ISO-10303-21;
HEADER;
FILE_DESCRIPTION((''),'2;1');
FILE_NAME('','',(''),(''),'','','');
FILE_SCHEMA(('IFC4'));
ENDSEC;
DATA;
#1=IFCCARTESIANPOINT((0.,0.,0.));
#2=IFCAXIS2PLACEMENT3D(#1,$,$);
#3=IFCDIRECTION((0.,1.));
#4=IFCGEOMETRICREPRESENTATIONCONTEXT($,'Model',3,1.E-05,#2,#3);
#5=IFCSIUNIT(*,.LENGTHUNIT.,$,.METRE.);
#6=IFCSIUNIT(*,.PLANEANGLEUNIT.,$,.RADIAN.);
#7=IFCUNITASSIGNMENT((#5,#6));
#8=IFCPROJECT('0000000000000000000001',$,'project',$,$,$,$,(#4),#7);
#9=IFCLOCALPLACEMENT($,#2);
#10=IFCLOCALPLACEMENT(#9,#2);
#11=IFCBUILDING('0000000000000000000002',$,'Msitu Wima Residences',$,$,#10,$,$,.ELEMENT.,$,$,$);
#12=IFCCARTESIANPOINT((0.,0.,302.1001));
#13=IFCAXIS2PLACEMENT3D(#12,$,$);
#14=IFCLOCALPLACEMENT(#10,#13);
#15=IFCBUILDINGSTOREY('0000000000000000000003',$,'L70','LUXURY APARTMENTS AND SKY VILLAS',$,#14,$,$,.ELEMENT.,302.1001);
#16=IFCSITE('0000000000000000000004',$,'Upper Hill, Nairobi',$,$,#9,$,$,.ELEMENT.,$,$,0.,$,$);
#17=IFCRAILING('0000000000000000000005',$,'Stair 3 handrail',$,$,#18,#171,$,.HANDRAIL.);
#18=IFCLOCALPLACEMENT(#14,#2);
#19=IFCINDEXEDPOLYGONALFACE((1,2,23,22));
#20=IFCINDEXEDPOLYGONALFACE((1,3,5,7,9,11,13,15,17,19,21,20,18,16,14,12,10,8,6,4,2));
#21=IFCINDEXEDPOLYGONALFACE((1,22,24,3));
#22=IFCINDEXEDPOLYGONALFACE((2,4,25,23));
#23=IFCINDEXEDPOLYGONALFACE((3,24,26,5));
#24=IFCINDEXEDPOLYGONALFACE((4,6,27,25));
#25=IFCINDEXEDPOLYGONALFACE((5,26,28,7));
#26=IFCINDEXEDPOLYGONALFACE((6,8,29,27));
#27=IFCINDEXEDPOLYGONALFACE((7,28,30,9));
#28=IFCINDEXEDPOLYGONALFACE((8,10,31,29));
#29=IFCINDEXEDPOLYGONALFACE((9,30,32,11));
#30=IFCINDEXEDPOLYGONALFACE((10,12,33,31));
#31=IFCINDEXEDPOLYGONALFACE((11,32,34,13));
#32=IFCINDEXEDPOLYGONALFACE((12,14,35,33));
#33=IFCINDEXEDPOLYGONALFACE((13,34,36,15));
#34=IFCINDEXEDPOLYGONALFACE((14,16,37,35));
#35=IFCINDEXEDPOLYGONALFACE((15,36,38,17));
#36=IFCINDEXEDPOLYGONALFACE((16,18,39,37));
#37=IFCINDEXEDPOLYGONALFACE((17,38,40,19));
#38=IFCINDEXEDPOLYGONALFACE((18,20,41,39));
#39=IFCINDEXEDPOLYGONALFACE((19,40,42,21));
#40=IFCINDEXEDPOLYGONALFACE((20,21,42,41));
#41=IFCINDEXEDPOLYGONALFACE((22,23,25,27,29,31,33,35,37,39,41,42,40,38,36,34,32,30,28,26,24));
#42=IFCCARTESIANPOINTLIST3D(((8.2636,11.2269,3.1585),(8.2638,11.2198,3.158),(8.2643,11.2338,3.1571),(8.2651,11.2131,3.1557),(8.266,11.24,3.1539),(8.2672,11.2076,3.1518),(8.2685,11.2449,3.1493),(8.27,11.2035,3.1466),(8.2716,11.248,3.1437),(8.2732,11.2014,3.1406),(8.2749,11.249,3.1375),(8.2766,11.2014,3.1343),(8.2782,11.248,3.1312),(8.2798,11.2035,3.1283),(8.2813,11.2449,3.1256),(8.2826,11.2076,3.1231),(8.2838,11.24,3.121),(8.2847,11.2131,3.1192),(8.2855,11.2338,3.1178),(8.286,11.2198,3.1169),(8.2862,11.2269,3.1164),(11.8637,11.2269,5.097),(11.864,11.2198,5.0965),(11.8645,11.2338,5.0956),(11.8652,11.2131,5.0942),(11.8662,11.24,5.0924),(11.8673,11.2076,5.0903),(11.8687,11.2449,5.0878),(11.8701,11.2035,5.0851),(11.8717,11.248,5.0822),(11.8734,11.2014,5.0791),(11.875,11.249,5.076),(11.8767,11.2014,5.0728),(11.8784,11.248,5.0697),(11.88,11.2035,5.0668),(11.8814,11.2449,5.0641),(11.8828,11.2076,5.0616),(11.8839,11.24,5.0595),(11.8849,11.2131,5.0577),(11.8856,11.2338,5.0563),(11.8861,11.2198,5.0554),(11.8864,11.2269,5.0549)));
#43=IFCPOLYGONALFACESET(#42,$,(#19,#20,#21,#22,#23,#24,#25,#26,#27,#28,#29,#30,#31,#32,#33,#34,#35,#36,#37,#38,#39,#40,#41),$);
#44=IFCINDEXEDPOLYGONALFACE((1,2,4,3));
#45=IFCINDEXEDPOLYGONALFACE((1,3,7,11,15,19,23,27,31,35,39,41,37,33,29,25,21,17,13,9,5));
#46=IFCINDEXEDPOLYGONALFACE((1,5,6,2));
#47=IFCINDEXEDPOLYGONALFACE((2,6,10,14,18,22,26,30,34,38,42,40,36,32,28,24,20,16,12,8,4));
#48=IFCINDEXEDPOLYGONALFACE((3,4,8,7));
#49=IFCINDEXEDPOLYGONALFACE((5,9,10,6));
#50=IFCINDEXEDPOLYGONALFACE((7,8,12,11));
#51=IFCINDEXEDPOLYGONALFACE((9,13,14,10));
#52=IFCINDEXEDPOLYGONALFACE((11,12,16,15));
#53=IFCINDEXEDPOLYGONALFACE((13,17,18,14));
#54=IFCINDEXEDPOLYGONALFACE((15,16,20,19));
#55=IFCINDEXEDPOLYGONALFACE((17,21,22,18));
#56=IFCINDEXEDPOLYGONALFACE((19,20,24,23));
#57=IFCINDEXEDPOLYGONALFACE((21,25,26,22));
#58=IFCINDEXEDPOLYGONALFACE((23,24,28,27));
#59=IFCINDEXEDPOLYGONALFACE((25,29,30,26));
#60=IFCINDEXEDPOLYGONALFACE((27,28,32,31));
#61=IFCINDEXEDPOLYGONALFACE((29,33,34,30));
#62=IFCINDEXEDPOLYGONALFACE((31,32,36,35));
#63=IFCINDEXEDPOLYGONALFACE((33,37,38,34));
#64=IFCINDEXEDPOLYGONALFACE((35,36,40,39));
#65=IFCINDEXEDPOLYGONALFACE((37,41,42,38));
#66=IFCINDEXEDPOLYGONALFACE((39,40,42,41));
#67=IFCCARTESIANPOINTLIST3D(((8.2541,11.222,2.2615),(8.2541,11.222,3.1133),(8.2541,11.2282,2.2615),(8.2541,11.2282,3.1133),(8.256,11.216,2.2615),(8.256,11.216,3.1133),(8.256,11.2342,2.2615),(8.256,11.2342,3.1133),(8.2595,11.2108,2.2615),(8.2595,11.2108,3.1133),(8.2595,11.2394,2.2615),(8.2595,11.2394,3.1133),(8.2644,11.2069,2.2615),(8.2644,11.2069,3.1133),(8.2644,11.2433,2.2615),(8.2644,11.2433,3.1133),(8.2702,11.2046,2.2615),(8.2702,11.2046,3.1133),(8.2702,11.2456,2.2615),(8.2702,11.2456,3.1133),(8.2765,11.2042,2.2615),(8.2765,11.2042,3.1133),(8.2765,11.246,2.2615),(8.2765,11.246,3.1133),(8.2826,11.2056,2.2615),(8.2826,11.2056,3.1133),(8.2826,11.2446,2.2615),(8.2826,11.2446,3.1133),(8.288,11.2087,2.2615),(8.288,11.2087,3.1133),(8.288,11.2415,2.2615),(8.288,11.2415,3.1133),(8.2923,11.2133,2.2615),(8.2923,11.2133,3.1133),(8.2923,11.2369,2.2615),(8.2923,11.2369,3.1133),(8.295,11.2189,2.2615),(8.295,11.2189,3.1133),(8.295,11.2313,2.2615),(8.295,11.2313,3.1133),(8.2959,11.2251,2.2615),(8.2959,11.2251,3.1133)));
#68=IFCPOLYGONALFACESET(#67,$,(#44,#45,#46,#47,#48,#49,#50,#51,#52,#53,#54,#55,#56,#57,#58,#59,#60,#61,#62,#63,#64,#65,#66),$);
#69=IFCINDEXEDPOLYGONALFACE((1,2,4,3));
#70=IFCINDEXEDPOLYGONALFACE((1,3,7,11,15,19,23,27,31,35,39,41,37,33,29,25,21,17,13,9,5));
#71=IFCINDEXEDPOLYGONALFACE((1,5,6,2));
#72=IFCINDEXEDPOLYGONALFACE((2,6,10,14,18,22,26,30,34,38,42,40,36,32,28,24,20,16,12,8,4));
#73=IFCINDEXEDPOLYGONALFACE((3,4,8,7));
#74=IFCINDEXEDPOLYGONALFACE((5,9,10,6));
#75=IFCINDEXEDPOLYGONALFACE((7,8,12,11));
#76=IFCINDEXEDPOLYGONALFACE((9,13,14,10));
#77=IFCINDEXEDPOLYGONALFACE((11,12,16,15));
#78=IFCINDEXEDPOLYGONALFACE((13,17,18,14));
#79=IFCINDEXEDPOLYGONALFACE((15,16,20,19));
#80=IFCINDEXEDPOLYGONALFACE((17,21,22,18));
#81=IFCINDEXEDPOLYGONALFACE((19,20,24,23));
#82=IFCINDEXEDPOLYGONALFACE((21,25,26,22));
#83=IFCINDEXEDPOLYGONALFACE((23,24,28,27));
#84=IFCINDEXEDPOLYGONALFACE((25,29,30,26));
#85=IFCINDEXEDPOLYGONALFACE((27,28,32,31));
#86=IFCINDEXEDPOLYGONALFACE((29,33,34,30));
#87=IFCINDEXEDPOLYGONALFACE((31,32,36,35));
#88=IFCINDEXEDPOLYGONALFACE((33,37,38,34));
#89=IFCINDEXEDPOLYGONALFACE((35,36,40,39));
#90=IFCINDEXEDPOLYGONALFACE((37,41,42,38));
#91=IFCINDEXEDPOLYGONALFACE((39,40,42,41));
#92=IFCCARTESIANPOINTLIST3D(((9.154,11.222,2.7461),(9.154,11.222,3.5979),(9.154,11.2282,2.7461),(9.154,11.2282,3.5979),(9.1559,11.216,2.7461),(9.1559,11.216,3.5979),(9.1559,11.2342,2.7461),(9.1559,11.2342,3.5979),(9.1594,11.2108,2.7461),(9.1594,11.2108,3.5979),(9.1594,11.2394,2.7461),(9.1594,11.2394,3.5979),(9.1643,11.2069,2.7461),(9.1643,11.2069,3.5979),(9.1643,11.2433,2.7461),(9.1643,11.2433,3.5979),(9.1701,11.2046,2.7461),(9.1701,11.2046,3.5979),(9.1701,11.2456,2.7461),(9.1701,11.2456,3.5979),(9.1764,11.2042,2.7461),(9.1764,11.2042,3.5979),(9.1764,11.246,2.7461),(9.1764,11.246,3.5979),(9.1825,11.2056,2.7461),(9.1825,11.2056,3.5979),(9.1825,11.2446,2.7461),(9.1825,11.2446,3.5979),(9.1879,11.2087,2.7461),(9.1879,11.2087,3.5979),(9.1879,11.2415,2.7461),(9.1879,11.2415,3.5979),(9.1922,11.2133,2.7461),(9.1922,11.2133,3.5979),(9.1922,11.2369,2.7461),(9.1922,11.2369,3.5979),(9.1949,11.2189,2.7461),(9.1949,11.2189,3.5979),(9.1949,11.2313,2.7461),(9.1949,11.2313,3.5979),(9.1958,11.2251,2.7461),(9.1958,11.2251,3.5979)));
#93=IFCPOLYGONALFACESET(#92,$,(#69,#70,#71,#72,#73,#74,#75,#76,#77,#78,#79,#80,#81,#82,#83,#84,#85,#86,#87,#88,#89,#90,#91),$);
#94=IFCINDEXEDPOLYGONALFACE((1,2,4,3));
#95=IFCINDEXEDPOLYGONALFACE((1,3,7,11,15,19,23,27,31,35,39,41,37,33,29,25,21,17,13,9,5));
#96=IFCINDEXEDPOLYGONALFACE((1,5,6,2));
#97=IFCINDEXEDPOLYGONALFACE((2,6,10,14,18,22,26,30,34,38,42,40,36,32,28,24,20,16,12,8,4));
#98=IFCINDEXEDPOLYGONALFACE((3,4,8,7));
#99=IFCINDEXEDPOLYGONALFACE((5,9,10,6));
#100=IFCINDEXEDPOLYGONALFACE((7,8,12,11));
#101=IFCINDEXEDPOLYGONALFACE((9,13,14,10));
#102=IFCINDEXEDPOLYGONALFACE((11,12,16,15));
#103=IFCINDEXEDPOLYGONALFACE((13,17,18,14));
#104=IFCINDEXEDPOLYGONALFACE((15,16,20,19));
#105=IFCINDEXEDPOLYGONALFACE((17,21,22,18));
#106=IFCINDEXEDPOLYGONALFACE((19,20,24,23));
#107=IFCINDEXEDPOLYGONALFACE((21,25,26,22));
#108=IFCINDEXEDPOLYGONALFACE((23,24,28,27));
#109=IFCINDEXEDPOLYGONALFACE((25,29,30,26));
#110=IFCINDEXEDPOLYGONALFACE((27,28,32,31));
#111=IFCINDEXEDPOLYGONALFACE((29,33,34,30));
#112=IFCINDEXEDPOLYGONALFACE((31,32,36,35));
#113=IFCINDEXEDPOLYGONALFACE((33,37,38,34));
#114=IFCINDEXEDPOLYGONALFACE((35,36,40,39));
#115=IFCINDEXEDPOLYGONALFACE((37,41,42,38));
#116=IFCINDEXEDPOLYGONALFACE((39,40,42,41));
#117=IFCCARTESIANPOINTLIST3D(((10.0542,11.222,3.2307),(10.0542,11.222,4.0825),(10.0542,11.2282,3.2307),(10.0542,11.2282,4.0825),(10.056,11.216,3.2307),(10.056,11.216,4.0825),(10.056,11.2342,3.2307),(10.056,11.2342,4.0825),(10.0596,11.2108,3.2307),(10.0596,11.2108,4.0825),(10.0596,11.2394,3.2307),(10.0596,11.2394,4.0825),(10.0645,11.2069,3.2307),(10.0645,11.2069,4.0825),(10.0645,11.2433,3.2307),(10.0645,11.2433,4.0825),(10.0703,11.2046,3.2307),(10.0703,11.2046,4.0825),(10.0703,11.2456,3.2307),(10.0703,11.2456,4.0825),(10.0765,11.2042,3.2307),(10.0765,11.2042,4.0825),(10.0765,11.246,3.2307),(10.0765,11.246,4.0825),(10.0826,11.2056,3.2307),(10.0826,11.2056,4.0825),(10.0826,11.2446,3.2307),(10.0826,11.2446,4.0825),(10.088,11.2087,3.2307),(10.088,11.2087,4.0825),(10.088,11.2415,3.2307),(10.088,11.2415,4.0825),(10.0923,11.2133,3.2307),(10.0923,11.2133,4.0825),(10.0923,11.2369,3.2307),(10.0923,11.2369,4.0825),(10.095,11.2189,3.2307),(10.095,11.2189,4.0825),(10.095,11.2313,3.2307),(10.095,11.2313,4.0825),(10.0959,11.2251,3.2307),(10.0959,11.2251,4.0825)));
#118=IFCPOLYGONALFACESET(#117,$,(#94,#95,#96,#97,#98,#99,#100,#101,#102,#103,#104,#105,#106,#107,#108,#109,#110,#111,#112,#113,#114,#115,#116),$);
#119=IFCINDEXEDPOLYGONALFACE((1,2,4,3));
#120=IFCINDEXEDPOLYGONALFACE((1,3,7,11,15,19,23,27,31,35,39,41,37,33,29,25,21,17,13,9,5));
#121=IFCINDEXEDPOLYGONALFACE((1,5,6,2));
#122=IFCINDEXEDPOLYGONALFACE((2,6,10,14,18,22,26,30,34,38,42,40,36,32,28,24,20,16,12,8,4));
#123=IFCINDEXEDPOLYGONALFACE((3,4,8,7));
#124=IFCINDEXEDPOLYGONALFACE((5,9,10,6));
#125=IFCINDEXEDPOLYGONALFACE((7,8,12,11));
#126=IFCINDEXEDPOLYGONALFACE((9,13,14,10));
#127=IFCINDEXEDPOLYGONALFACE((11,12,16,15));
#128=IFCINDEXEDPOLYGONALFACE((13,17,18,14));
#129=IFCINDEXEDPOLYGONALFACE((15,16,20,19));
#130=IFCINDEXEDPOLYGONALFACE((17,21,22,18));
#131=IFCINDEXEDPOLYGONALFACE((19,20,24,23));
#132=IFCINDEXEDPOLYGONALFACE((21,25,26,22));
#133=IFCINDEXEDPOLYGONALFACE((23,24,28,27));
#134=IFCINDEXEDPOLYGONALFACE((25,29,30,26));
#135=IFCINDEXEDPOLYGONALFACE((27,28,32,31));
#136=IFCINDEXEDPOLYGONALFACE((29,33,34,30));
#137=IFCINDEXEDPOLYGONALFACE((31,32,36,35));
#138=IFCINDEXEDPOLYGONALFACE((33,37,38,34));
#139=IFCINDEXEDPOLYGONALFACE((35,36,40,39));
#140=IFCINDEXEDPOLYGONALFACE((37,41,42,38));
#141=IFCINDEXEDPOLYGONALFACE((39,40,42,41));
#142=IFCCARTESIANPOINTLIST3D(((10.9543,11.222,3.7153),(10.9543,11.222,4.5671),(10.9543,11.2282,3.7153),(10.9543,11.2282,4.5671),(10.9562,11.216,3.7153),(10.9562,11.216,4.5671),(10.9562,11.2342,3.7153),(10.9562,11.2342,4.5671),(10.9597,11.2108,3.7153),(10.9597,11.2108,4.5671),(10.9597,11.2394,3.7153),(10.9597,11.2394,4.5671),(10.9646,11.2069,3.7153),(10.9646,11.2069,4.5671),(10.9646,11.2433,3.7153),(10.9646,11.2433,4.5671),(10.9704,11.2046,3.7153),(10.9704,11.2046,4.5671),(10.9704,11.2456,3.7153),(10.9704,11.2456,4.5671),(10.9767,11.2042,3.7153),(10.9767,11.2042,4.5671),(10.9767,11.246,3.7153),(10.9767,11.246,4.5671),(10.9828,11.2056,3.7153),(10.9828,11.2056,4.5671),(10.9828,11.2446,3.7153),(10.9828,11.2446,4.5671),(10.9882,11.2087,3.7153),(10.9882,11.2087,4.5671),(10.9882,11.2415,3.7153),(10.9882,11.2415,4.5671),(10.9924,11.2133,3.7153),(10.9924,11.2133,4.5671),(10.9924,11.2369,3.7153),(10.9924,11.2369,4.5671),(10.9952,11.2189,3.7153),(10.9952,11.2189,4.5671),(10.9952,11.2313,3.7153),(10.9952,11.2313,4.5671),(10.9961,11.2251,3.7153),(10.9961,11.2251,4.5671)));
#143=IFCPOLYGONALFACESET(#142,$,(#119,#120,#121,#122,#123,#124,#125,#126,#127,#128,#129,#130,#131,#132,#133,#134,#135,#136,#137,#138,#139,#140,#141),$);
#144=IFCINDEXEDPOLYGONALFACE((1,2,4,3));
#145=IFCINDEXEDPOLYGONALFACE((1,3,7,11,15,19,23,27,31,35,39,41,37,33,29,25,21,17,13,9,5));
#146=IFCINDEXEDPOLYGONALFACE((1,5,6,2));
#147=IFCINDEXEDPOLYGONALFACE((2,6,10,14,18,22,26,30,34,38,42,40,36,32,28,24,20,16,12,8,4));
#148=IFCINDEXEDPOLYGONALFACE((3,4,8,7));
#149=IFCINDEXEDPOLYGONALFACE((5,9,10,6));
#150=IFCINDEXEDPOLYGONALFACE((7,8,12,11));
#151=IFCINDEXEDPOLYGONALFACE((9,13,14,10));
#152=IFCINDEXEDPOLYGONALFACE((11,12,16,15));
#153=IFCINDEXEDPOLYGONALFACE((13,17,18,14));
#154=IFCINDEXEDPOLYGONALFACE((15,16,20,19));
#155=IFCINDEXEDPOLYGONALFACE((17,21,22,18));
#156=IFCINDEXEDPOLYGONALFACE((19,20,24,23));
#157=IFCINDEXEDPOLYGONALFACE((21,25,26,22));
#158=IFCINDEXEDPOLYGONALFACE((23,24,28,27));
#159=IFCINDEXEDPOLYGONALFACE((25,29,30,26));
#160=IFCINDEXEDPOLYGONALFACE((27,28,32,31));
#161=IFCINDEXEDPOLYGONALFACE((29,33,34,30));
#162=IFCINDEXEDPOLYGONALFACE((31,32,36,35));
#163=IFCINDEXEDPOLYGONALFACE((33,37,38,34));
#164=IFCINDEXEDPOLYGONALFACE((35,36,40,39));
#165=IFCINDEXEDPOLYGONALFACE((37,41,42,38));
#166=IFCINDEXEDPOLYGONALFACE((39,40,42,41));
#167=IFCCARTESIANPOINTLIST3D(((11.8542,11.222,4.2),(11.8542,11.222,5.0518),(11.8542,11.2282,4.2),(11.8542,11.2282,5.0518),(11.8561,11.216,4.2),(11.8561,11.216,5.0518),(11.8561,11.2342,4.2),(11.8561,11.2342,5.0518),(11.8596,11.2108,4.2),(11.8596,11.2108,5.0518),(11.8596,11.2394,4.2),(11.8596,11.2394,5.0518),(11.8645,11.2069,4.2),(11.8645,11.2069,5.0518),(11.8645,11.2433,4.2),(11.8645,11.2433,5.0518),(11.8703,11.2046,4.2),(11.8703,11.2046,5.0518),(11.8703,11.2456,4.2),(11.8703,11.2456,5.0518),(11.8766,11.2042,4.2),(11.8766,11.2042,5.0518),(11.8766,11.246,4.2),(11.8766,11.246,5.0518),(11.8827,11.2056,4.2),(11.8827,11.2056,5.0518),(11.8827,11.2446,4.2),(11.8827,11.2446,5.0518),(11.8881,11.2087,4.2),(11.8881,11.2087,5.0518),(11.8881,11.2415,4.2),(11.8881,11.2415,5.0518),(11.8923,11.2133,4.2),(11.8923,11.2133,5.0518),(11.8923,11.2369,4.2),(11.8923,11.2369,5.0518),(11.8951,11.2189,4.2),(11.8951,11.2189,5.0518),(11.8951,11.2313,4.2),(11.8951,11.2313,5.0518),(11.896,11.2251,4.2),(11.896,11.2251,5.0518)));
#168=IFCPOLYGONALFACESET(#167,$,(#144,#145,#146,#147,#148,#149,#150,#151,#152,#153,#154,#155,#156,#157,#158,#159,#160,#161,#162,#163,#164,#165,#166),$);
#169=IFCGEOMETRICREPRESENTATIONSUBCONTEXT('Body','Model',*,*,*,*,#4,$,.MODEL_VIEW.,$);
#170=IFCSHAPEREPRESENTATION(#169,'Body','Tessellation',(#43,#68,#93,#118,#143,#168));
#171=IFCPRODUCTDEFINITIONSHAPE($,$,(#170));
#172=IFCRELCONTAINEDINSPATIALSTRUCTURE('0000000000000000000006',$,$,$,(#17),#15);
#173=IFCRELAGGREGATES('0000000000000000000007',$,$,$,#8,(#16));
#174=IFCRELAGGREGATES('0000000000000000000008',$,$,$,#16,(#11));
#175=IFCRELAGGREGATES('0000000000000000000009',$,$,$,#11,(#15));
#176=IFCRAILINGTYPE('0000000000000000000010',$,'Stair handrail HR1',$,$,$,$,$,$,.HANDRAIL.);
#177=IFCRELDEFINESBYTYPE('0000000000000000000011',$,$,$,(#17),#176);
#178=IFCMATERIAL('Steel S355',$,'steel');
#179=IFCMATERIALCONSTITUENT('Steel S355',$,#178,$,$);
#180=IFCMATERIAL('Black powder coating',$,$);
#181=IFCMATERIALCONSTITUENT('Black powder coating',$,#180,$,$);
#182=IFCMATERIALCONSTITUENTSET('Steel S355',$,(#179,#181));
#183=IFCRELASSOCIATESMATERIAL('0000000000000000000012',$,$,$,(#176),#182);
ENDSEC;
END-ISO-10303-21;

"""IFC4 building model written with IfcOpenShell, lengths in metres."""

from ifc_helpers import new_model, si_unit, direction, frame, origin, origin_2d, place, context, subcontext, project, spatial, circle, extrude, material, constituent, constituent_set, type_object, element, save


model = new_model("IFC4")

# Units and contexts
model_context = context("Model", 3, precision=1e-05, world=origin(), true_north=direction((0.0, 1.0)))
body_context = subcontext(model_context, "Body", "Model", "MODEL_VIEW")
ifc_project = project(units=[si_unit("LENGTHUNIT", "METRE"), si_unit("PLANEANGLEUNIT", "RADIAN")], contexts=[model_context])

# Site, building, storey
site_placement = place(None, origin())
site = spatial("IfcSite", under=ifc_project, at=site_placement, Name="Upper Hill, Nairobi", CompositionType="ELEMENT", RefElevation=0.0)
building_placement = place(site_placement, origin())
building = spatial("IfcBuilding", under=site, at=building_placement, Name="Msitu Wima Residences", CompositionType="ELEMENT")
storey_placement = place(building_placement, frame((0.0, 0.0, 302.1001)))
storey = spatial("IfcBuildingStorey", under=building, at=storey_placement, Name="L70", Description="LUXURY APARTMENTS AND SKY VILLAS", CompositionType="ELEMENT", Elevation=302.1001)

# Railing
ifc_material_1 = material(Name="Steel S355", Category="steel")
ifc_constituent_1 = constituent(ifc_material_1, Name="Steel S355")
ifc_material_2 = material(Name="Black powder coating")
ifc_constituent_2 = constituent(ifc_material_2, Name="Black powder coating")
ifc_constituent_set = constituent_set(constituents=[ifc_constituent_1, ifc_constituent_2], Name="Steel S355")
railing_type = type_object("IfcRailingType", Name="Stair handrail HR1", PredefinedType="HANDRAIL", material=ifc_constituent_set)
for number, where, name in (
    (1, (8.2749, 11.2251, 2.2615), "Stair 3 handrail"),
):
    element("IfcRailing", number, at=place(storey_placement, frame(where)), inside=storey, type_object=railing_type, Name=name, PredefinedType="HANDRAIL", context=body_context, shape_type="SweptSolid", body=[
        extrude(circle(Radius=0.0239, at=origin_2d()), frame((0.0, 0.0, 0.876), z_axis=(0.880475, 0.0, 0.474093), x_axis=(0.0, 1.0, 0.0)), (0.0, 0.0, 1.0), 4.0889),
        extrude(circle(Radius=0.021, at=origin_2d()), origin(), (0.0, 0.0, 1.0), 0.8518),
        extrude(circle(Radius=0.021, at=origin_2d()), frame((0.8999, 0.0, 0.4846)), (0.0, 0.0, 1.0), 0.8518),
        extrude(circle(Radius=0.021, at=origin_2d()), frame((1.8, 0.0, 0.9692)), (0.0, 0.0, 1.0), 0.8518),
        extrude(circle(Radius=0.021, at=origin_2d()), frame((2.7002, 0.0, 1.4539)), (0.0, 0.0, 1.0), 0.8518),
        extrude(circle(Radius=0.021, at=origin_2d()), frame((3.6001, 0.0, 1.9385)), (0.0, 0.0, 1.0), 0.8518),
    ])

save(model, "model.ifc")
